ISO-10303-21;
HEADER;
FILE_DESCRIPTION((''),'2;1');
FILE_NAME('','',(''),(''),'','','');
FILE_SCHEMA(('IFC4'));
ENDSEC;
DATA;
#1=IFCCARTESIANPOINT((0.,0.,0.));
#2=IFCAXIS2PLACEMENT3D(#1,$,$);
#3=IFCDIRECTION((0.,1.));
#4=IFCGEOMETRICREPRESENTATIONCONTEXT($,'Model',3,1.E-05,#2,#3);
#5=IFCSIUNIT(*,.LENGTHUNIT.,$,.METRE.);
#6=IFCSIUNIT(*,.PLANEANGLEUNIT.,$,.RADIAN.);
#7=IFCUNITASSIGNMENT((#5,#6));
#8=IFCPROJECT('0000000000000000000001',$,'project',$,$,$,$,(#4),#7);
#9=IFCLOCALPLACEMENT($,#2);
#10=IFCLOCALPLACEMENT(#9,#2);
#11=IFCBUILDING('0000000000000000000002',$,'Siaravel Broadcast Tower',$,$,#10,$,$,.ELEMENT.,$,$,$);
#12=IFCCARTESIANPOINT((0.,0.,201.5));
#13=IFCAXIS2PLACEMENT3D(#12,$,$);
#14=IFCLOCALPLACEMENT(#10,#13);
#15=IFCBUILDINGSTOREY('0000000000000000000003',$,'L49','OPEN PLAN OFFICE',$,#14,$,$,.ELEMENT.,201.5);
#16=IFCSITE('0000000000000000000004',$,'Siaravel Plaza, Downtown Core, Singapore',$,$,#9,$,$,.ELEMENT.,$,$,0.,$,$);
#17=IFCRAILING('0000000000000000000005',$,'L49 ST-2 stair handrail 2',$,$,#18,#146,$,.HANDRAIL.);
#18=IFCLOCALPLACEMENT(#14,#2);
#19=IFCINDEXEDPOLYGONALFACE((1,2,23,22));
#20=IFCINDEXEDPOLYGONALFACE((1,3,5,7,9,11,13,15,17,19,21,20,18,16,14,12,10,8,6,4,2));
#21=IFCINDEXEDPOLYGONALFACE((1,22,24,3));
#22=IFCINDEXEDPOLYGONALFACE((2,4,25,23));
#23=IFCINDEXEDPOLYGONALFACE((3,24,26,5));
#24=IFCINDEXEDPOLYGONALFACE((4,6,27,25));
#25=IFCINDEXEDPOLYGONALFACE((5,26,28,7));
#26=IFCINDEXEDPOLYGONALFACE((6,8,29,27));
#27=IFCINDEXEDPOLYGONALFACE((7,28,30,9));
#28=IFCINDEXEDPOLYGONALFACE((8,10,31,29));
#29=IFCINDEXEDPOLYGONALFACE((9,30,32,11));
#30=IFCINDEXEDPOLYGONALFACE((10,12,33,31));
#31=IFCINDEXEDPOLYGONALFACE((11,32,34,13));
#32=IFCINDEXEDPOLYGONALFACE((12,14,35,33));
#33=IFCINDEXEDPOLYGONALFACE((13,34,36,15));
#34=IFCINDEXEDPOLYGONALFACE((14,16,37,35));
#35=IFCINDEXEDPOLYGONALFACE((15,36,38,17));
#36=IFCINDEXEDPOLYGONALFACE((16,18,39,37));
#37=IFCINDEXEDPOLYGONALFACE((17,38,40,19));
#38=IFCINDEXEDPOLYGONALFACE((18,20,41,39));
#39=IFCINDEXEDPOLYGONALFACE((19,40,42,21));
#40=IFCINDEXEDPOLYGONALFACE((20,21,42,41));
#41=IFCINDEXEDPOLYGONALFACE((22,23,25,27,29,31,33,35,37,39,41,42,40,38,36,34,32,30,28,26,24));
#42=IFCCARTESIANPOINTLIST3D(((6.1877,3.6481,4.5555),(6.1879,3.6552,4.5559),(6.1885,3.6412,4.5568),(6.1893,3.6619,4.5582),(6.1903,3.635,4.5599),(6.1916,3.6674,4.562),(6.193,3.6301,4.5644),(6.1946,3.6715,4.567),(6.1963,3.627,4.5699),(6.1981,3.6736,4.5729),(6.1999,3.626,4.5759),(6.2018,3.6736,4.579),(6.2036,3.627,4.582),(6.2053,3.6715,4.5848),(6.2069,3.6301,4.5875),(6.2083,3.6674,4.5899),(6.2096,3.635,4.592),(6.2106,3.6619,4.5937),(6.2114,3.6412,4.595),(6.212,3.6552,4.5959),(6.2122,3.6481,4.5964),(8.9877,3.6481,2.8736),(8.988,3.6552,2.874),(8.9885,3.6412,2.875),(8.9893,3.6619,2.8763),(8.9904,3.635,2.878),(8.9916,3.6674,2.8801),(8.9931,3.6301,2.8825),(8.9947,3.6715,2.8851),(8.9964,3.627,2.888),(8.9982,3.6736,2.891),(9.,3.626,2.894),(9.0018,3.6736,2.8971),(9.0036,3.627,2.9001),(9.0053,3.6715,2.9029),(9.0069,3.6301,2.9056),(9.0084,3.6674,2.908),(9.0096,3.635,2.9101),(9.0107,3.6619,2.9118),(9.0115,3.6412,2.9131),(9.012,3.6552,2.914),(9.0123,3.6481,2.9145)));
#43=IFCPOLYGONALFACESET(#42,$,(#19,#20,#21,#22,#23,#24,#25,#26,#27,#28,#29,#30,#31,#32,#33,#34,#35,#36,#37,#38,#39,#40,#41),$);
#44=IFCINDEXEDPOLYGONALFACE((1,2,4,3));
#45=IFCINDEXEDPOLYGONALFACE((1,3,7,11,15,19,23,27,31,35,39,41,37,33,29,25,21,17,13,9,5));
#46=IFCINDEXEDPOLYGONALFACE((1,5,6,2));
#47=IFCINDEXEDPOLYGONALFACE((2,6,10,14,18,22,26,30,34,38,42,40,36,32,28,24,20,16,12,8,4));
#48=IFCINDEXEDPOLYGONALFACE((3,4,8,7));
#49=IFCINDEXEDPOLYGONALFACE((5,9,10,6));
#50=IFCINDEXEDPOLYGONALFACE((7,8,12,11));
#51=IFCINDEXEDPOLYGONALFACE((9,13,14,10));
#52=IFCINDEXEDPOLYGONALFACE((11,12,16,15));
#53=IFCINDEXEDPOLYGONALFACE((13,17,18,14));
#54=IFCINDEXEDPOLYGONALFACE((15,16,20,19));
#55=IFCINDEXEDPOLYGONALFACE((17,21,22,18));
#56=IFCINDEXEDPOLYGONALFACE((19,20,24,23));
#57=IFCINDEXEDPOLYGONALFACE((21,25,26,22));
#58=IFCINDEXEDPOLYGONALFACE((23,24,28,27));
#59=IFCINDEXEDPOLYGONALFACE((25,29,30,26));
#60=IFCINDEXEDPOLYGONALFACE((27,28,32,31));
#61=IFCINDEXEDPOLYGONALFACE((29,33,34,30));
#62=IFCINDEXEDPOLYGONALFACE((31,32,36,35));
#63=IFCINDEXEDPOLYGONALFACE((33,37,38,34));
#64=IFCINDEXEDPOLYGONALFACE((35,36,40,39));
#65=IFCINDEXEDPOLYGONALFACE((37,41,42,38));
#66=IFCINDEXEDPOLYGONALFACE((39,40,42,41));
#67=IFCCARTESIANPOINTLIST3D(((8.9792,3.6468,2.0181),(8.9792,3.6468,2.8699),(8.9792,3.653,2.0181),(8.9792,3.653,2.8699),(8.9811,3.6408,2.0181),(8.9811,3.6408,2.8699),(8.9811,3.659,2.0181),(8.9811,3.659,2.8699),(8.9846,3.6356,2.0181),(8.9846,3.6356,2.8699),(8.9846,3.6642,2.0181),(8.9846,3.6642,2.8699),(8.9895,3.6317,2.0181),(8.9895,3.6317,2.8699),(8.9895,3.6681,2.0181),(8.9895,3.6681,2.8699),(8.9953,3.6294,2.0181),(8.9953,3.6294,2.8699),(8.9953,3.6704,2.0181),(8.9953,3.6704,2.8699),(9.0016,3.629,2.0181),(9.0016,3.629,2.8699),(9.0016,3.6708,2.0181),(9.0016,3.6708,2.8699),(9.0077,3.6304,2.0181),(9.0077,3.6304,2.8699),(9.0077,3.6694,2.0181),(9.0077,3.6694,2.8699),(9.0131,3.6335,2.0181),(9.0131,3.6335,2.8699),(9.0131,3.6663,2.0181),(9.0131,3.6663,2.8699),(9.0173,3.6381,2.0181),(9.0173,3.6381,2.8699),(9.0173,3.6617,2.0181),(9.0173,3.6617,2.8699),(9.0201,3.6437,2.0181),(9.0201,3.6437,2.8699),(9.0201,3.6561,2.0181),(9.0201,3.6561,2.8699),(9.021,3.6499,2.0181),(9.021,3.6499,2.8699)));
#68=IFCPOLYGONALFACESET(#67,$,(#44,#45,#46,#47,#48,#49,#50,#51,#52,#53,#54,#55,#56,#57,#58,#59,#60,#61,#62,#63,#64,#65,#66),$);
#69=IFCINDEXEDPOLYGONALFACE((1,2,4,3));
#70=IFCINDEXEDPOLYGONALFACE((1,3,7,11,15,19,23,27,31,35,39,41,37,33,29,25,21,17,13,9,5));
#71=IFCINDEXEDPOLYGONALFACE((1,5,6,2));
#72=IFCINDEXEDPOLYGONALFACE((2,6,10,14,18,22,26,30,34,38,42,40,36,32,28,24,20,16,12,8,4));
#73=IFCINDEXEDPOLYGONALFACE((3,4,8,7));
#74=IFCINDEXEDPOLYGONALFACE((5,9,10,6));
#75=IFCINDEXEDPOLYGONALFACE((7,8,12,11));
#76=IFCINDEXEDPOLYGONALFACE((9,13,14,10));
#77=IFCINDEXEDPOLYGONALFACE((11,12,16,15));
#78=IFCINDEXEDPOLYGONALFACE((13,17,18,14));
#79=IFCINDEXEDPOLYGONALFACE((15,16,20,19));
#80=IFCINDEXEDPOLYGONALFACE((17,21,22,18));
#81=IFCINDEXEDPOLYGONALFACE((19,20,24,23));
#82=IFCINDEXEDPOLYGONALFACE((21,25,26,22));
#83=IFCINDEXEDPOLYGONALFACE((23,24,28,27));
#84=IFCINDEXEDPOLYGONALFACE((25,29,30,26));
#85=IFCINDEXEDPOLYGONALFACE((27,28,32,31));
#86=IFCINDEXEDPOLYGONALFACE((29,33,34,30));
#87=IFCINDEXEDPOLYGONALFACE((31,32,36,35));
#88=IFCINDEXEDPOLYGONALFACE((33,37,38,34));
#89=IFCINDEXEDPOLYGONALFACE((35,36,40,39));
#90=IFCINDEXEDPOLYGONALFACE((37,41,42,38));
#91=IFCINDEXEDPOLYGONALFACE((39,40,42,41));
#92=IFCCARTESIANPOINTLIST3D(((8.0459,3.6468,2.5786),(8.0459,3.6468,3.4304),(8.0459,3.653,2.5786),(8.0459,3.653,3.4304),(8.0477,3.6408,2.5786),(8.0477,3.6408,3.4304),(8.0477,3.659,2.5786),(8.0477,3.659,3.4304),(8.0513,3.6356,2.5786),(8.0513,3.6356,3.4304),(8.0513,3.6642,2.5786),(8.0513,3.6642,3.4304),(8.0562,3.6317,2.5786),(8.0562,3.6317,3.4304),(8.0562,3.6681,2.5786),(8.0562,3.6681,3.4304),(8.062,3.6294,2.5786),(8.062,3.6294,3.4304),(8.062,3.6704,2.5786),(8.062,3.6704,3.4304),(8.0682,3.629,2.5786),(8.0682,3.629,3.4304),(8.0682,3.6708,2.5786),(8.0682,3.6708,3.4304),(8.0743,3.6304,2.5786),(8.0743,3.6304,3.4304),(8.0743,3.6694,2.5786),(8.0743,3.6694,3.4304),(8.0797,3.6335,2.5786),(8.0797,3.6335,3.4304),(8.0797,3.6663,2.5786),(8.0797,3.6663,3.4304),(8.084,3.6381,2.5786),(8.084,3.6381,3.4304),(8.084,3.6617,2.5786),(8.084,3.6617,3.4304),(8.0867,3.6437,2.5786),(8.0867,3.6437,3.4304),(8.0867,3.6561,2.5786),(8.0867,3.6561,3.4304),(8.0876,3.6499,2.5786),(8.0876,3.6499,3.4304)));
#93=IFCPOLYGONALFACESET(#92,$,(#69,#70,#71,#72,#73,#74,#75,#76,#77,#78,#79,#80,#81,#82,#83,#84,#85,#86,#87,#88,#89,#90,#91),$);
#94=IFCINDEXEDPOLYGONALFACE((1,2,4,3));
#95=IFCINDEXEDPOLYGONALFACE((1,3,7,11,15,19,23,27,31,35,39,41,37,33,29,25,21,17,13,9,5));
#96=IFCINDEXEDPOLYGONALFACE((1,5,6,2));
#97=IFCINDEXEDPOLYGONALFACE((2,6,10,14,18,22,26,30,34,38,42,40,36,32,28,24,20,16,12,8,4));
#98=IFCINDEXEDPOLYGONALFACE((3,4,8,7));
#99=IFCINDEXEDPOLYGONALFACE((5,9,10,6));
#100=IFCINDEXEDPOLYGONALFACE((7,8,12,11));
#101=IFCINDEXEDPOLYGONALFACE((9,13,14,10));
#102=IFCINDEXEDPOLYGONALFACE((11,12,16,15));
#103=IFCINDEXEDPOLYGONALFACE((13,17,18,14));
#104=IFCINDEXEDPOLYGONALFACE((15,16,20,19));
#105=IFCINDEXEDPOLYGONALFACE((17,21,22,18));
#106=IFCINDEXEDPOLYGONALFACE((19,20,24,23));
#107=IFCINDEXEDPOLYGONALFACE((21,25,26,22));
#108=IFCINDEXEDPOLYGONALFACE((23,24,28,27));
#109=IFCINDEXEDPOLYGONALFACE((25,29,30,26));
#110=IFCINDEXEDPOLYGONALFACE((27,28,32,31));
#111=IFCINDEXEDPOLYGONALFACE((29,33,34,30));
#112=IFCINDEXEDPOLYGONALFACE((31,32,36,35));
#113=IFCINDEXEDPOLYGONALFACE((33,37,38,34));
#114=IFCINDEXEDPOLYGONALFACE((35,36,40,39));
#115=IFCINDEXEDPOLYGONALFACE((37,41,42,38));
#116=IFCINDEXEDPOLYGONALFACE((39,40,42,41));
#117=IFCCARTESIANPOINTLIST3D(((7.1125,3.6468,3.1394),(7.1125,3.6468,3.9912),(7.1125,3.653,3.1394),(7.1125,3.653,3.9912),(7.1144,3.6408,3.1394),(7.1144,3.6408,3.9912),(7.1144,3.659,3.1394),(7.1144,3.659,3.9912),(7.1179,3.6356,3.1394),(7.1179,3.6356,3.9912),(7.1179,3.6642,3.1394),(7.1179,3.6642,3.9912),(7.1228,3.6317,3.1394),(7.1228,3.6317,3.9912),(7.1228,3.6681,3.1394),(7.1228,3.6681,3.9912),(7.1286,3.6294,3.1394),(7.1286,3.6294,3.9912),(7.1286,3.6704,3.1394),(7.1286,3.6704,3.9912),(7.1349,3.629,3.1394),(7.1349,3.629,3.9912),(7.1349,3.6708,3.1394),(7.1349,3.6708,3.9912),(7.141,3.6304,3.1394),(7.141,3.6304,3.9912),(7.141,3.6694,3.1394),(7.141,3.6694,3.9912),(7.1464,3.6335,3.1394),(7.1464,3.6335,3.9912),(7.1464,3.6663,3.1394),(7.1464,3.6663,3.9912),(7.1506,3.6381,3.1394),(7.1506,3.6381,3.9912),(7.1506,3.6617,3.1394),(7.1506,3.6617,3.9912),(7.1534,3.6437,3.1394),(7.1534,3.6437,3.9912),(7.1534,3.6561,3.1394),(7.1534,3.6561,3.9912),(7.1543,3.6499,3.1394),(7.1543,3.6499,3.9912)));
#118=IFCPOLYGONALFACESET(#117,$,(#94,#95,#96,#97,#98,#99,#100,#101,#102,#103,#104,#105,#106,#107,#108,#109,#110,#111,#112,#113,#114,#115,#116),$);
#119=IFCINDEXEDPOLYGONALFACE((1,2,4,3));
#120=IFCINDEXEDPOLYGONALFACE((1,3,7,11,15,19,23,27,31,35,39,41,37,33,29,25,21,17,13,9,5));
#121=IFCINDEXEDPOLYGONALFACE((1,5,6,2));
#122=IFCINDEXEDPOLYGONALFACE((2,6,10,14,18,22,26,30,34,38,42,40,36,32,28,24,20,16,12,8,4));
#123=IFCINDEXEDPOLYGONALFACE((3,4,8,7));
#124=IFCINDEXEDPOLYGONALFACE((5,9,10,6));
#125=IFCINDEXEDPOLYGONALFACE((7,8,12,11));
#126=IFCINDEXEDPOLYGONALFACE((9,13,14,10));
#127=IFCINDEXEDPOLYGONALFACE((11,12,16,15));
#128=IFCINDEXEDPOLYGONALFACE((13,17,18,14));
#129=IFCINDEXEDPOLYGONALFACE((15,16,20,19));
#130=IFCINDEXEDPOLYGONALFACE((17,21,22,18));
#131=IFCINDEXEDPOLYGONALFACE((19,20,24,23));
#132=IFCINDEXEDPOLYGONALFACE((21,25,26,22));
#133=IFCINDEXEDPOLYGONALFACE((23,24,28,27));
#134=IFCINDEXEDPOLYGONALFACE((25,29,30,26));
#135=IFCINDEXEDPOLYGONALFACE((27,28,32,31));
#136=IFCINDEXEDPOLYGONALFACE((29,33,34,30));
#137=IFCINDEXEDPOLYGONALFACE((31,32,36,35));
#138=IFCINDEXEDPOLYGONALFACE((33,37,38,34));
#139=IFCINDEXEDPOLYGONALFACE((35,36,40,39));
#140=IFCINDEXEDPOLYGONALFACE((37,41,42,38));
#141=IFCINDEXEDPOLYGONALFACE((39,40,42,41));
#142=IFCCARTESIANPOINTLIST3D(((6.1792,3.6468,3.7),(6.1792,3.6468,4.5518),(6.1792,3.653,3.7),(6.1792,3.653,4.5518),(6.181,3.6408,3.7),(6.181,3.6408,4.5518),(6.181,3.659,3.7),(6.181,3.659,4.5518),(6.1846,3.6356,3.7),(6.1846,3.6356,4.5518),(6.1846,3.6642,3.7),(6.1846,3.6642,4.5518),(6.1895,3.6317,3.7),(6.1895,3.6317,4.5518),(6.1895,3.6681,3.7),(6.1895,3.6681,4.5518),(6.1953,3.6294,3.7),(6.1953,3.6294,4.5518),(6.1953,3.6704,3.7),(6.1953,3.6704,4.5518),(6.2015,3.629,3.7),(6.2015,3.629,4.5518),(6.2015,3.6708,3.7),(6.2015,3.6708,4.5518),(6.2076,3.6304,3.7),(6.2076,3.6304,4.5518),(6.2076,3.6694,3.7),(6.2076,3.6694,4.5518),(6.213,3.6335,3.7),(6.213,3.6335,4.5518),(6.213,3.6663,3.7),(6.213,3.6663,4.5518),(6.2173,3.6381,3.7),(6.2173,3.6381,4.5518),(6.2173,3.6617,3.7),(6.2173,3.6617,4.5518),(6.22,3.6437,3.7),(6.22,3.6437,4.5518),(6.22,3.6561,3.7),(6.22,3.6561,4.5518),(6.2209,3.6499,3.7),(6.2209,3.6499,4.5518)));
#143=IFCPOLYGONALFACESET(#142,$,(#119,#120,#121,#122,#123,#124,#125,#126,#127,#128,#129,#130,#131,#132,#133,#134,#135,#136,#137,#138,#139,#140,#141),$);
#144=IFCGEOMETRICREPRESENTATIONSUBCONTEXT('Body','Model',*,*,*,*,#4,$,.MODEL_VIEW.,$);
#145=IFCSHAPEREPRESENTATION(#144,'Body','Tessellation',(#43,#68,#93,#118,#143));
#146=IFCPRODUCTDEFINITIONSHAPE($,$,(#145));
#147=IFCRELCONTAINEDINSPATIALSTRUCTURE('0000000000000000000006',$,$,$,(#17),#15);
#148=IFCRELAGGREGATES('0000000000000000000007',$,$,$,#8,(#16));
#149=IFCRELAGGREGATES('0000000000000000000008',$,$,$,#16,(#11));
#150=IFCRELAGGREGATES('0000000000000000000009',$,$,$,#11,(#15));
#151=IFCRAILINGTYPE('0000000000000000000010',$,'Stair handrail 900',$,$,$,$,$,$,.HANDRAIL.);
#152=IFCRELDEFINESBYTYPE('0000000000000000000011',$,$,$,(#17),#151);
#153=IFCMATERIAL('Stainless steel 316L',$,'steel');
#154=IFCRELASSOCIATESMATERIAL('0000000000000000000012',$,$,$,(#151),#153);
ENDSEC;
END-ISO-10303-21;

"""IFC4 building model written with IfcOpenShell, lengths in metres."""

from ifc_helpers import new_model, si_unit, direction, frame, origin, origin_2d, place, context, subcontext, project, spatial, circle, extrude, material, type_object, element, save


model = new_model("IFC4")

# Units and contexts
model_context = context("Model", 3, precision=1e-05, world=origin(), true_north=direction((0.0, 1.0)))
body_context = subcontext(model_context, "Body", "Model", "MODEL_VIEW")
ifc_project = project(units=[si_unit("LENGTHUNIT", "METRE"), si_unit("PLANEANGLEUNIT", "RADIAN")], contexts=[model_context])

# Site, building, storey
site_placement = place(None, origin())
site = spatial("IfcSite", under=ifc_project, at=site_placement, Name="Siaravel Plaza, Downtown Core, Singapore", CompositionType="ELEMENT", RefElevation=0.0)
building_placement = place(site_placement, origin())
building = spatial("IfcBuilding", under=site, at=building_placement, Name="Siaravel Broadcast Tower", CompositionType="ELEMENT")
storey_placement = place(building_placement, frame((0.0, 0.0, 201.5)))
storey = spatial("IfcBuildingStorey", under=building, at=storey_placement, Name="L49", Description="OPEN PLAN OFFICE", CompositionType="ELEMENT", Elevation=201.5)

# Railing
ifc_material_1 = material(Name="Stainless steel 316L", Category="steel")
railing_type_1 = type_object("IfcRailingType", Name="Stair handrail 900", PredefinedType="HANDRAIL", material=ifc_material_1)
railing_1_placement = place(storey_placement, frame((9.0, 3.6499, 2.0181)))
element("IfcRailing", 1, at=railing_1_placement, inside=storey, type_object=railing_type_1, Name="L49 ST-2 stair handrail 2", PredefinedType="HANDRAIL", context=body_context, shape_type="SweptSolid", body=[
    extrude(circle(Radius=0.0239, at=origin_2d()), frame((0.0, 0.0, 0.876), z_axis=(-0.857242, 0.0, 0.514913), x_axis=(0.0, -1.0, 0.0)), (0.0, 0.0, 1.0), 3.2664),
    extrude(circle(Radius=0.021, at=origin_2d()), origin(), (0.0, 0.0, 1.0), 0.8518),
    extrude(circle(Radius=0.021, at=origin_2d()), frame((-0.9333, 0.0, 0.5605)), (0.0, 0.0, 1.0), 0.8518),
    extrude(circle(Radius=0.021, at=origin_2d()), frame((-1.8667, 0.0, 1.1213)), (0.0, 0.0, 1.0), 0.8518),
    extrude(circle(Radius=0.021, at=origin_2d()), frame((-2.8, 0.0, 1.6819)), (0.0, 0.0, 1.0), 0.8518),
])

save(model, "model.ifc")
